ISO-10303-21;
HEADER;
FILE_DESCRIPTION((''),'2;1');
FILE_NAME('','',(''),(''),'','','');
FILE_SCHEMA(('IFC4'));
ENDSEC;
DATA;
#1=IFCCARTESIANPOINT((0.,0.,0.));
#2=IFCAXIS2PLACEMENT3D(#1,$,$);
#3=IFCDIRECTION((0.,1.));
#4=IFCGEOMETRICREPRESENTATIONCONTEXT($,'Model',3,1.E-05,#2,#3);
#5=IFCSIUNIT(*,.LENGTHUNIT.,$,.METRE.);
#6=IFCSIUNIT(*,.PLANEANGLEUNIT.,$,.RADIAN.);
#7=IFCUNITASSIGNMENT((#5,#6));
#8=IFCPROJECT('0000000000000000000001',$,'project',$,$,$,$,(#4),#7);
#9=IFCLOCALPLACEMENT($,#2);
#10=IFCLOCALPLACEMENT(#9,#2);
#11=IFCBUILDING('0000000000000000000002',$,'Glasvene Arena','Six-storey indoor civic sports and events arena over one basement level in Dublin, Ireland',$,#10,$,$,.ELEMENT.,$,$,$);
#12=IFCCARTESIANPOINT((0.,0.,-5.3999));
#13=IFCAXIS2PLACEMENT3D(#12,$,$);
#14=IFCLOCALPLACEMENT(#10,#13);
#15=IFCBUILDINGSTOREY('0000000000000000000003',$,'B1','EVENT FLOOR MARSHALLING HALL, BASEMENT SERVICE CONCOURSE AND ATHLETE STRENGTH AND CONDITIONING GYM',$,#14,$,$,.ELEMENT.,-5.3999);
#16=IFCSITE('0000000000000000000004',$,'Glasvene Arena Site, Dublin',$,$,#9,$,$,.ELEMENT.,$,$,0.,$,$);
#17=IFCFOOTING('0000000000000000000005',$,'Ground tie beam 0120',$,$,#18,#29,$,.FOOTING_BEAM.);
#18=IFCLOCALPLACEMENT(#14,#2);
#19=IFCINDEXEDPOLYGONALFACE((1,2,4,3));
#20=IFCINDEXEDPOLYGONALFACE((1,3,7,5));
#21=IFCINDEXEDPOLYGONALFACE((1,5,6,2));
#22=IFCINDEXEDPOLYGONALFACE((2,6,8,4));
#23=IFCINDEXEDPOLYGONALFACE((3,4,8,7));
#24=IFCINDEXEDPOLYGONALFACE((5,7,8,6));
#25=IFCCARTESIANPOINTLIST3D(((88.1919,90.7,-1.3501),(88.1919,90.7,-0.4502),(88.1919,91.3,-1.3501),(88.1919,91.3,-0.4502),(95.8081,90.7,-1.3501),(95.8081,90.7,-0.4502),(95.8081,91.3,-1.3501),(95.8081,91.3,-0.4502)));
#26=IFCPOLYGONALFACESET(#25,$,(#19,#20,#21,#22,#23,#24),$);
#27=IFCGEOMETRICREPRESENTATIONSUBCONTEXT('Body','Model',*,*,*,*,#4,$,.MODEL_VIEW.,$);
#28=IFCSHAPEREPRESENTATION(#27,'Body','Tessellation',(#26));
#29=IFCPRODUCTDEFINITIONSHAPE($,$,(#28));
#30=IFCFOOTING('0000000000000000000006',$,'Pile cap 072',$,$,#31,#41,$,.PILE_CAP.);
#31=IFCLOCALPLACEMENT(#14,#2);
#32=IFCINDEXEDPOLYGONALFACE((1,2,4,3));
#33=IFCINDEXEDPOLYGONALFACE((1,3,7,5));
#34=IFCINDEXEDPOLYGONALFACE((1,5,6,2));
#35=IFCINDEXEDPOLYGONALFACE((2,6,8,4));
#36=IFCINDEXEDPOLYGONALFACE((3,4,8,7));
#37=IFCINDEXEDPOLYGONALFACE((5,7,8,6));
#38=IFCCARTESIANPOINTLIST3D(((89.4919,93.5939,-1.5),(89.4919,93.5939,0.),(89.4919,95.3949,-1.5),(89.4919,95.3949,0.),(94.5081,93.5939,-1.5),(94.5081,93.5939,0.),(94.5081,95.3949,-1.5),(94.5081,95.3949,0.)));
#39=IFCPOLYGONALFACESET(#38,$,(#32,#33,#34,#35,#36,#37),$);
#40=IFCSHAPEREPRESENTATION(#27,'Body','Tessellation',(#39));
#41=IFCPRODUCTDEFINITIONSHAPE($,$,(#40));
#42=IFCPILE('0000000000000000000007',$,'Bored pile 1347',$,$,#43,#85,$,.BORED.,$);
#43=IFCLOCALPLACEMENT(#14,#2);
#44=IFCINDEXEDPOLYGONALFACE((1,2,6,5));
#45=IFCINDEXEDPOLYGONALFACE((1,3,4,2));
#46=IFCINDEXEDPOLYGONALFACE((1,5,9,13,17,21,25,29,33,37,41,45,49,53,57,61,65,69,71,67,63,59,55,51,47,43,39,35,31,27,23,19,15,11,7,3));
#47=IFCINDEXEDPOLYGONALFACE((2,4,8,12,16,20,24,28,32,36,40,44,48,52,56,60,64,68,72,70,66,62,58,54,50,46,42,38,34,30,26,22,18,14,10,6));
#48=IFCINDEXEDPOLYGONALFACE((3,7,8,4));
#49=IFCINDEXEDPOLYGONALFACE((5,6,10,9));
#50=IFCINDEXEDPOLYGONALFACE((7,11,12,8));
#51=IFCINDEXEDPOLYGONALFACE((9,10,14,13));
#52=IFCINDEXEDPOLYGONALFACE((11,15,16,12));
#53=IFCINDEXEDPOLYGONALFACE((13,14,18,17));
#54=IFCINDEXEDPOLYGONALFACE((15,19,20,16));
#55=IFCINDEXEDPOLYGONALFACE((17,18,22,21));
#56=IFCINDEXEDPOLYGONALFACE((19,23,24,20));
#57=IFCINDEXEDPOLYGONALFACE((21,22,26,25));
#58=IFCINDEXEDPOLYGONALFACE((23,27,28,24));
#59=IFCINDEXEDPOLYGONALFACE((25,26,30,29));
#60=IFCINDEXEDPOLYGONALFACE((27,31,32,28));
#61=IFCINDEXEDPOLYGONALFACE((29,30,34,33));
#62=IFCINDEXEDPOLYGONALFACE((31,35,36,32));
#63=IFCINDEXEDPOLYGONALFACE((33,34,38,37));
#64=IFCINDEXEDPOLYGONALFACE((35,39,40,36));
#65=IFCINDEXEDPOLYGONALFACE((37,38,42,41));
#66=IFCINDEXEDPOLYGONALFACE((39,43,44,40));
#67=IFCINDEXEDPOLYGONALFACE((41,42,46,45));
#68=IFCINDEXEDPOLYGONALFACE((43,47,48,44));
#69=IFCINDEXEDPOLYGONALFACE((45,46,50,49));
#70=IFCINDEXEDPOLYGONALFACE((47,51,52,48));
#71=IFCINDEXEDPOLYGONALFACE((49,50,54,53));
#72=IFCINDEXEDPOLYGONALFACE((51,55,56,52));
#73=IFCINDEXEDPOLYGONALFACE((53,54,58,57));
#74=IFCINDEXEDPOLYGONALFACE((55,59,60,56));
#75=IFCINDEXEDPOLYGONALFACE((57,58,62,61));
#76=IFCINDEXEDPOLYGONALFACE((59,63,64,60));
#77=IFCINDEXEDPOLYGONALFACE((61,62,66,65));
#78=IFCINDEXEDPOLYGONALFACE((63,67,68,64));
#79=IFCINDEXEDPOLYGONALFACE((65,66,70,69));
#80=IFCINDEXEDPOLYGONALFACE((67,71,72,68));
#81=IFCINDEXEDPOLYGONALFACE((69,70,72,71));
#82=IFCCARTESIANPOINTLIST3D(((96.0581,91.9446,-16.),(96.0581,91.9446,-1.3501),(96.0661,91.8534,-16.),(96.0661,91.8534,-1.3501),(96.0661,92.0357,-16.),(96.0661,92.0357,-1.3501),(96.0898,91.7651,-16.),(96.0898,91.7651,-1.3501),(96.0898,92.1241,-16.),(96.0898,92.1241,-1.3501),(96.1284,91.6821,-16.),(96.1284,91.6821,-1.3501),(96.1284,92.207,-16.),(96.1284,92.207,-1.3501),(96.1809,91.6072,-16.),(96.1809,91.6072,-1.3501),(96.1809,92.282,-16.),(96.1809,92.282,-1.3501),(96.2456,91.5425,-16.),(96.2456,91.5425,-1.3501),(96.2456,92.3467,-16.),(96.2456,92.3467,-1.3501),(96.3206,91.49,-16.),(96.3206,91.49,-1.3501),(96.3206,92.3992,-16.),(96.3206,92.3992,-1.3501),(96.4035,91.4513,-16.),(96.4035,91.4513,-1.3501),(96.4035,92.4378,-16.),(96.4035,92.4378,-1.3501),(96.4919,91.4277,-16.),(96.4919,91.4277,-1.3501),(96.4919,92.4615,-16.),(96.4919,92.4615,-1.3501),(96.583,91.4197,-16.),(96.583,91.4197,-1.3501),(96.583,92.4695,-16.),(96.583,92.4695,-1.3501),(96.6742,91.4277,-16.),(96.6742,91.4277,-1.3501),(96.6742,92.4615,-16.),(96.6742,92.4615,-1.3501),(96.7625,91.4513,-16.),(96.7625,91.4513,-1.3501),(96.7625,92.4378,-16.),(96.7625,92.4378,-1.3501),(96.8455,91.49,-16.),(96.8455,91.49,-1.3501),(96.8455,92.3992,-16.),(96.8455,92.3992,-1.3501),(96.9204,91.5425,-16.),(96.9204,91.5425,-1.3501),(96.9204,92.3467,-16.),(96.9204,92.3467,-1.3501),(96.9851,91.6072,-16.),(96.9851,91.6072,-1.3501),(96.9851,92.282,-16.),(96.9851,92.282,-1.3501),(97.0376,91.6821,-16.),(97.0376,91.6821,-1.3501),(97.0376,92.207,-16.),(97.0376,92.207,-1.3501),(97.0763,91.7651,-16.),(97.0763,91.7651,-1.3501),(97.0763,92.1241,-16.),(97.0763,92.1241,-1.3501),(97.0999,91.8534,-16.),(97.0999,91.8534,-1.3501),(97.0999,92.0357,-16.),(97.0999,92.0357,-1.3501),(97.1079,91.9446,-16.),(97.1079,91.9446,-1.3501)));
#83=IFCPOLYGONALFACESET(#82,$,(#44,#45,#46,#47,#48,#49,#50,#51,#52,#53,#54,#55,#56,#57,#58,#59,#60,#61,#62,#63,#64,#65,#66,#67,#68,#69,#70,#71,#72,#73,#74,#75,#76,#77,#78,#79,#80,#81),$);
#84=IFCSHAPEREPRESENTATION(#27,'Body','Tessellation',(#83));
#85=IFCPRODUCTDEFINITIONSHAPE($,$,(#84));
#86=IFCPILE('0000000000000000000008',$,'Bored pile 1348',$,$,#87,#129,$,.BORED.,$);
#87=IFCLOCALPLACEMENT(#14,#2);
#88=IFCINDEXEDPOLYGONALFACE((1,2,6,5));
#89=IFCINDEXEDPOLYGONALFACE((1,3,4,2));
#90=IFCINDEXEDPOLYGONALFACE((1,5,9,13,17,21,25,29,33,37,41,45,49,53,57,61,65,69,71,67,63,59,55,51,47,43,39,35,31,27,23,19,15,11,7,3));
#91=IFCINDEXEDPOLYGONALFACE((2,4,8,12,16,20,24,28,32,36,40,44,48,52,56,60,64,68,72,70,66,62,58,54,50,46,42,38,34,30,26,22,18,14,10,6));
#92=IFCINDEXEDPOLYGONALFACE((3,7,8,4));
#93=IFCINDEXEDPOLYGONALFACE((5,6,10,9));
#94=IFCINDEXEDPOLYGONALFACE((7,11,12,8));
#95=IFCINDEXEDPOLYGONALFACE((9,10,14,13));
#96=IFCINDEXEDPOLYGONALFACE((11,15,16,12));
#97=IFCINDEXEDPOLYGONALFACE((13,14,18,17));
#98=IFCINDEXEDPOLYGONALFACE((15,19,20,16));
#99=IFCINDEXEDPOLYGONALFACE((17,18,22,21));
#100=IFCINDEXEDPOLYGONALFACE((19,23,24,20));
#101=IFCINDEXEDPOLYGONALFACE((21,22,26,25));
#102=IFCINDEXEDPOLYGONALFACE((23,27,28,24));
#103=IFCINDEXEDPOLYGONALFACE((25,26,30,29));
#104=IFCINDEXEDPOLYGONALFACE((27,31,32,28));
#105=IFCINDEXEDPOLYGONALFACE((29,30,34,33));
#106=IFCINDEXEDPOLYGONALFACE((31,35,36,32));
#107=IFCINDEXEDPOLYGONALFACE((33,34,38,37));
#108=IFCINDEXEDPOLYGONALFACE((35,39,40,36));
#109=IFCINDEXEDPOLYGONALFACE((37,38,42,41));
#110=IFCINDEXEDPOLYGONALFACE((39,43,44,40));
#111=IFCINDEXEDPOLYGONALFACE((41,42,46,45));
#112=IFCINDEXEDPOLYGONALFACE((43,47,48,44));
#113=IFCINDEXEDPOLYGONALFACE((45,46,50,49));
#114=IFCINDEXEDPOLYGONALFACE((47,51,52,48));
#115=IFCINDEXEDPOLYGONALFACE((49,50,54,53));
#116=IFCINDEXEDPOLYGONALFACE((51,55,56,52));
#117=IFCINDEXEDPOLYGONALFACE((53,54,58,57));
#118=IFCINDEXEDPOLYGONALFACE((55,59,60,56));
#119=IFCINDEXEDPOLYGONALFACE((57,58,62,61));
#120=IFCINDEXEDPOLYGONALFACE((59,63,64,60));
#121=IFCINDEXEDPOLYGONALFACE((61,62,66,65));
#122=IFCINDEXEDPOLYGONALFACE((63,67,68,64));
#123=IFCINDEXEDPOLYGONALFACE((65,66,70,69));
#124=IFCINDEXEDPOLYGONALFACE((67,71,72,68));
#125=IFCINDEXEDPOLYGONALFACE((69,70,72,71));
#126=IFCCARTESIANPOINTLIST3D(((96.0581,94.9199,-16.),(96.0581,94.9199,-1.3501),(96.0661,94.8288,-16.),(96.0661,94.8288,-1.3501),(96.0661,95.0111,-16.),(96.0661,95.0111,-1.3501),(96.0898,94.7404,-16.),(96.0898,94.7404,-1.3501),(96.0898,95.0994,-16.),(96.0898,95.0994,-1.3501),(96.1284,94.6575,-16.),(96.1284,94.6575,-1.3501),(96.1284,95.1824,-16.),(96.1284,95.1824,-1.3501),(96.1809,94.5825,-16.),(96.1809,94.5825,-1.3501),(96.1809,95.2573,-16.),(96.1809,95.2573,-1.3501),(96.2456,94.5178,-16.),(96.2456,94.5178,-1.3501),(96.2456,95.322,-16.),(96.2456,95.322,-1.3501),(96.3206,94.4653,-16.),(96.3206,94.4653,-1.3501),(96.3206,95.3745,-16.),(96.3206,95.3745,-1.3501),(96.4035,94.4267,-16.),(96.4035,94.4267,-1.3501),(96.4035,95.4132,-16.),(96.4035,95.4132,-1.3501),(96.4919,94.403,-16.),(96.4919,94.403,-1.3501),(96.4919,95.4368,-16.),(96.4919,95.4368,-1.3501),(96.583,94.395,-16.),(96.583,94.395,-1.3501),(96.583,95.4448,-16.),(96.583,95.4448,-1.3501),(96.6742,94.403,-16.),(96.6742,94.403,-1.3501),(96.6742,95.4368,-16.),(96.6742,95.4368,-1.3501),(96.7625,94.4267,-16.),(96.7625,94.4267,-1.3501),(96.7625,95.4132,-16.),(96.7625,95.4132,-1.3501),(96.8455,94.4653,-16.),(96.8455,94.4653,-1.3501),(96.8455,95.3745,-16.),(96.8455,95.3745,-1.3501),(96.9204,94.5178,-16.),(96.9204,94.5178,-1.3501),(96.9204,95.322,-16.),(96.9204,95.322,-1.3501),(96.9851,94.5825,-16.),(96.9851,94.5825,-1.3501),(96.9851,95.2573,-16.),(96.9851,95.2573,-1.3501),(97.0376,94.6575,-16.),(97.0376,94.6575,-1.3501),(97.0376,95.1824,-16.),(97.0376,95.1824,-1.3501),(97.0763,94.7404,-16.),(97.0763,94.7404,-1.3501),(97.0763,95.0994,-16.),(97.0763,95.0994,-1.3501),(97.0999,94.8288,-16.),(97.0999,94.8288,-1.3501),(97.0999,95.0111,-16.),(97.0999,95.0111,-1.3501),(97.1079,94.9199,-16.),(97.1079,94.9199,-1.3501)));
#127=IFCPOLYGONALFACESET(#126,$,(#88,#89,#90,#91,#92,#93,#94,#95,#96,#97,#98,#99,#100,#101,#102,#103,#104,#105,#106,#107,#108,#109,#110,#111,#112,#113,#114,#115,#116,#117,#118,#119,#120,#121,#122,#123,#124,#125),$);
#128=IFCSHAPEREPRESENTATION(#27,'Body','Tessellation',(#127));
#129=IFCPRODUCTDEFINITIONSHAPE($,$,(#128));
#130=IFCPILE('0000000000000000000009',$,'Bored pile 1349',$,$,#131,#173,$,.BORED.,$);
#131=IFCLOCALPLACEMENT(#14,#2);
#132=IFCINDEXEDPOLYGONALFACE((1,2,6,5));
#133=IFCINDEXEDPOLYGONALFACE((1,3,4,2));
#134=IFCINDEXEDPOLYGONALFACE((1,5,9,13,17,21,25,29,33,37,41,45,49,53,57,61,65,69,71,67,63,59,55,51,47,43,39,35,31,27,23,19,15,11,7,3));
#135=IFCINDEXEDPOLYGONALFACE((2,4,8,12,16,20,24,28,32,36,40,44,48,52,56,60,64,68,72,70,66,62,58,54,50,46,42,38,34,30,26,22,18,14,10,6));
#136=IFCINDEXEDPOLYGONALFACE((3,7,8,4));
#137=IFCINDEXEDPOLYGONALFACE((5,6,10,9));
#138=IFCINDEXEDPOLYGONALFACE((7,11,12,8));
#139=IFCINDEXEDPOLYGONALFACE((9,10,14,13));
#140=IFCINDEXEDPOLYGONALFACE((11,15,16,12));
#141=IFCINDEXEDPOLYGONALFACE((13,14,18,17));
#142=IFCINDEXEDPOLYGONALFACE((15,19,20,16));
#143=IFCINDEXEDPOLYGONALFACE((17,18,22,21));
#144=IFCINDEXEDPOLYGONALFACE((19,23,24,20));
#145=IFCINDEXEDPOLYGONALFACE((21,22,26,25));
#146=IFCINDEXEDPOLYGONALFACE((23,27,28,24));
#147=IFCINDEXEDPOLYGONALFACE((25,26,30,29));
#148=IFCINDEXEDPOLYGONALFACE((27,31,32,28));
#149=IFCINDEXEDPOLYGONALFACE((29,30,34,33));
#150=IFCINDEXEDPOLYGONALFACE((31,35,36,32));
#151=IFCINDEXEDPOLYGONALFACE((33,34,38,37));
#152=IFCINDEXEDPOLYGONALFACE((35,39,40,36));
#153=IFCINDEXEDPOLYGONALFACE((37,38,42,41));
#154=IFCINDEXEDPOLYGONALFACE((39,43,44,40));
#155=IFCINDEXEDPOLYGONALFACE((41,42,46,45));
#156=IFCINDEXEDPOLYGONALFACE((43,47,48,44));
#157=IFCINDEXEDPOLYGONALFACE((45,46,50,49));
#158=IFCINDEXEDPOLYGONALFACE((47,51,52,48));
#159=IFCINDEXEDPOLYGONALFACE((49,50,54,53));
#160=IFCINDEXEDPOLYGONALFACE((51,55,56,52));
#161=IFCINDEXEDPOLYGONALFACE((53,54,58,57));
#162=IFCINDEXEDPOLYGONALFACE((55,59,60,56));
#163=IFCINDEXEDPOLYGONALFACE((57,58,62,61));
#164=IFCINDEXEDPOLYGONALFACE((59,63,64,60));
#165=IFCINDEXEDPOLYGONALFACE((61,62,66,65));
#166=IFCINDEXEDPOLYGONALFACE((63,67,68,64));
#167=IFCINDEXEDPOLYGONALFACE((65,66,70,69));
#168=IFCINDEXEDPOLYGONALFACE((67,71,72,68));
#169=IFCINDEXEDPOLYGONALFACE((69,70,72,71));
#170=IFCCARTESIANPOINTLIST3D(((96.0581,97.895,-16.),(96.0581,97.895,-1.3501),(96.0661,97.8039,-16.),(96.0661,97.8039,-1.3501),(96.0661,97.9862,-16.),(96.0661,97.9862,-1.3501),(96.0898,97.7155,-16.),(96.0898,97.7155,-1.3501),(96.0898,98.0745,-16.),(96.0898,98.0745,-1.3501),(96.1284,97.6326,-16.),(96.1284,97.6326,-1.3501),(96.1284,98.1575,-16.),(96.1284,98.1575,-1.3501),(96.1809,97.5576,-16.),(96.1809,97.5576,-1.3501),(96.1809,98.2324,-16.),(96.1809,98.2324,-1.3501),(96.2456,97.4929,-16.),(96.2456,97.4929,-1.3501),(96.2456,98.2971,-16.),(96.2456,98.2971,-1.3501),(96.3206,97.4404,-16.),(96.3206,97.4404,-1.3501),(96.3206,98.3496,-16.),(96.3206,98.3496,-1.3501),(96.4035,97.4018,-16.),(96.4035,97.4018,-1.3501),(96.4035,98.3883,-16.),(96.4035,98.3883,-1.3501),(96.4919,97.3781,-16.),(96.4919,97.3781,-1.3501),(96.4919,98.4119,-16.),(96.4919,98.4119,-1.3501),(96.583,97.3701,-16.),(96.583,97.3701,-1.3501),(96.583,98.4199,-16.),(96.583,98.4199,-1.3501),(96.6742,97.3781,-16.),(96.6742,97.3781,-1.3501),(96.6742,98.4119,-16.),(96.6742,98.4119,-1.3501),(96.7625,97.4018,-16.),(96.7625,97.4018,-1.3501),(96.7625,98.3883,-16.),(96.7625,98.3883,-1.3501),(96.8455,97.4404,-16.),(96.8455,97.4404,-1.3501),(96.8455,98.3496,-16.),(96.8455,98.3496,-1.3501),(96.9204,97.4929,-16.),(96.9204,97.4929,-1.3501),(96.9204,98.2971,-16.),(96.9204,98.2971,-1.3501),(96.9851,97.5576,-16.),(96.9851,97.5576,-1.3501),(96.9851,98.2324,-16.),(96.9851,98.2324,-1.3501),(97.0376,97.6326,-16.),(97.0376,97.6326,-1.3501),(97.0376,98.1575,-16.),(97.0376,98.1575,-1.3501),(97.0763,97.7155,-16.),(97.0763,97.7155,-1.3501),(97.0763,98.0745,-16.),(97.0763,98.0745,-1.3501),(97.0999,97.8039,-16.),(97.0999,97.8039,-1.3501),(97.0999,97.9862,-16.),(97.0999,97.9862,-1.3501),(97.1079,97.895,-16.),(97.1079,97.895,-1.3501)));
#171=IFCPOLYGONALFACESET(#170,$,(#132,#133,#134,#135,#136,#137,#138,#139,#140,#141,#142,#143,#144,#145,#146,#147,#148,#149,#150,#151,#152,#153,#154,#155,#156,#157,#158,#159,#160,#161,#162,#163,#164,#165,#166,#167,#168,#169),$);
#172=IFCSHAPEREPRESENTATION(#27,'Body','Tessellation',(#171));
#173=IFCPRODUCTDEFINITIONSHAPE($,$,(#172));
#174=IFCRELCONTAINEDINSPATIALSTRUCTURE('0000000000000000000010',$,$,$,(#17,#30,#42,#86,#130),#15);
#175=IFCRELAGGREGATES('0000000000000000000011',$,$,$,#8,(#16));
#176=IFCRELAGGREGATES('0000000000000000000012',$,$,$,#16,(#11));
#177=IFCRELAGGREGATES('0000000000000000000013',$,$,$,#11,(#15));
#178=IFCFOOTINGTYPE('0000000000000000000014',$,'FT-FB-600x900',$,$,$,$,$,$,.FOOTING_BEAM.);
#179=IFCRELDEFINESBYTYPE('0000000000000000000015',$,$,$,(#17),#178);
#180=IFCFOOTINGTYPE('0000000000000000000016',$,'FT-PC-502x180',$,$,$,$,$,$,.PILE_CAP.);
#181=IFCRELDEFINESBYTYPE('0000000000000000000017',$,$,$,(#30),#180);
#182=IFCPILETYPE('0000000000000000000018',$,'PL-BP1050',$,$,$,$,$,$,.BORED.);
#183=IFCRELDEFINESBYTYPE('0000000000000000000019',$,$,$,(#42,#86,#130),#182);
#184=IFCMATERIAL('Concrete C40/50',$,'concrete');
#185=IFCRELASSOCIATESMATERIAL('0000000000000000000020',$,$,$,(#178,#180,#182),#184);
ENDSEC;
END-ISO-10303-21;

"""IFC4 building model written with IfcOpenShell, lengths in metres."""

from ifc_helpers import new_model, si_unit, direction, frame, origin, origin_2d, place, context, subcontext, project, spatial, polyline, rectangle, circle, outline, extrude, material, material_profile, profile_set, type_object, element, save


model = new_model("IFC4")

# Units and contexts
model_context = context("Model", 3, precision=1e-05, world=origin(), true_north=direction((0.0, 1.0)))
body_context = subcontext(model_context, "Body", "Model", "MODEL_VIEW")
ifc_project = project(units=[si_unit("LENGTHUNIT", "METRE"), si_unit("PLANEANGLEUNIT", "RADIAN")], contexts=[model_context])

# Site, building, storey
site_placement = place(None, origin())
site = spatial("IfcSite", under=ifc_project, at=site_placement, Name="Glasvene Arena Site, Dublin", CompositionType="ELEMENT", RefElevation=0.0)
building_placement = place(site_placement, origin())
building = spatial("IfcBuilding", under=site, at=building_placement, Name="Glasvene Arena", Description="Six-storey indoor civic sports and events arena over one basement level in Dublin, Ireland", CompositionType="ELEMENT")
storey_placement = place(building_placement, frame((0.0, 0.0, -5.3999)))
storey = spatial("IfcBuildingStorey", under=building, at=storey_placement, Name="B1", Description="EVENT FLOOR MARSHALLING HALL, BASEMENT SERVICE CONCOURSE AND ATHLETE STRENGTH AND CONDITIONING GYM", CompositionType="ELEMENT", Elevation=-5.3999)

# Footings
ifc_material_1 = material(Name="Concrete C40/50", Category="concrete")
footing_type_1 = type_object("IfcFootingType", Name="FT-FB-600x900", PredefinedType="FOOTING_BEAM", material=ifc_material_1)
footing_1_placement = place(storey_placement, frame((92.0, 91.0, -1.3501)))
element("IfcFooting", 1, at=footing_1_placement, inside=storey, type_object=footing_type_1, Name="Ground tie beam 0120", PredefinedType="FOOTING_BEAM", context=body_context, shape_type="SweptSolid", body=[
    extrude(outline(polyline([(-3.8081, -0.3), (3.8081, -0.3), (3.8081, 0.3), (-3.8081, 0.3), (-3.8081, -0.3)])), origin(), (0.0, 0.0, 1.0), 0.8999),
])
footing_type_2 = type_object("IfcFootingType", Name="FT-PC-502x180", PredefinedType="PILE_CAP", material=ifc_material_1)
footing_2_placement = place(storey_placement, frame((92.0, 94.4944, -1.5), z_axis=(0.0, 0.0, 1.0), x_axis=(1.0, 0.0, 0.0)))
element("IfcFooting", 2, at=footing_2_placement, inside=storey, type_object=footing_type_2, Name="Pile cap 072", PredefinedType="PILE_CAP", context=body_context, shape_type="SweptSolid", body=[
    extrude(rectangle(XDim=5.0161, YDim=1.801, at=origin_2d()), origin(), (0.0, 0.0, 1.0), 1.5),
])

# Piles
ifc_material_profile_1 = material_profile(ifc_material_1, circle(Radius=0.5249, at=origin_2d()), Name="BORED PILE 1050")
ifc_profile_set_1 = profile_set([ifc_material_profile_1], Name="Concrete C40/50")
pile_type_1 = type_object("IfcPileType", Name="PL-BP1050", PredefinedType="BORED", material=ifc_profile_set_1)
for number, where, z_axis, x_axis, name in (
    (3, (96.583, 91.9446, -1.3501), (0.0, 0.0, -1.0), (1.0, 0.0, 0.0), "Bored pile 1347"),
    (4, (96.583, 94.9199, -1.3501), (0.0, 0.0, -1.0), (1.0, 0.0, 0.0), "Bored pile 1348"),
    (5, (96.583, 97.895, -1.3501), (0.0, 0.0, -1.0), (1.0, 0.0, 0.0), "Bored pile 1349"),
):
    element("IfcPile", number, at=place(storey_placement, frame(where, z_axis=z_axis, x_axis=x_axis)), inside=storey, type_object=pile_type_1, Name=name, PredefinedType="BORED", context=body_context, shape_type="SweptSolid", body=[
        extrude(circle(Radius=0.5249, at=origin_2d()), origin(), (0.0, 0.0, 1.0), 14.6499),
    ])

save(model, "model.ifc")
